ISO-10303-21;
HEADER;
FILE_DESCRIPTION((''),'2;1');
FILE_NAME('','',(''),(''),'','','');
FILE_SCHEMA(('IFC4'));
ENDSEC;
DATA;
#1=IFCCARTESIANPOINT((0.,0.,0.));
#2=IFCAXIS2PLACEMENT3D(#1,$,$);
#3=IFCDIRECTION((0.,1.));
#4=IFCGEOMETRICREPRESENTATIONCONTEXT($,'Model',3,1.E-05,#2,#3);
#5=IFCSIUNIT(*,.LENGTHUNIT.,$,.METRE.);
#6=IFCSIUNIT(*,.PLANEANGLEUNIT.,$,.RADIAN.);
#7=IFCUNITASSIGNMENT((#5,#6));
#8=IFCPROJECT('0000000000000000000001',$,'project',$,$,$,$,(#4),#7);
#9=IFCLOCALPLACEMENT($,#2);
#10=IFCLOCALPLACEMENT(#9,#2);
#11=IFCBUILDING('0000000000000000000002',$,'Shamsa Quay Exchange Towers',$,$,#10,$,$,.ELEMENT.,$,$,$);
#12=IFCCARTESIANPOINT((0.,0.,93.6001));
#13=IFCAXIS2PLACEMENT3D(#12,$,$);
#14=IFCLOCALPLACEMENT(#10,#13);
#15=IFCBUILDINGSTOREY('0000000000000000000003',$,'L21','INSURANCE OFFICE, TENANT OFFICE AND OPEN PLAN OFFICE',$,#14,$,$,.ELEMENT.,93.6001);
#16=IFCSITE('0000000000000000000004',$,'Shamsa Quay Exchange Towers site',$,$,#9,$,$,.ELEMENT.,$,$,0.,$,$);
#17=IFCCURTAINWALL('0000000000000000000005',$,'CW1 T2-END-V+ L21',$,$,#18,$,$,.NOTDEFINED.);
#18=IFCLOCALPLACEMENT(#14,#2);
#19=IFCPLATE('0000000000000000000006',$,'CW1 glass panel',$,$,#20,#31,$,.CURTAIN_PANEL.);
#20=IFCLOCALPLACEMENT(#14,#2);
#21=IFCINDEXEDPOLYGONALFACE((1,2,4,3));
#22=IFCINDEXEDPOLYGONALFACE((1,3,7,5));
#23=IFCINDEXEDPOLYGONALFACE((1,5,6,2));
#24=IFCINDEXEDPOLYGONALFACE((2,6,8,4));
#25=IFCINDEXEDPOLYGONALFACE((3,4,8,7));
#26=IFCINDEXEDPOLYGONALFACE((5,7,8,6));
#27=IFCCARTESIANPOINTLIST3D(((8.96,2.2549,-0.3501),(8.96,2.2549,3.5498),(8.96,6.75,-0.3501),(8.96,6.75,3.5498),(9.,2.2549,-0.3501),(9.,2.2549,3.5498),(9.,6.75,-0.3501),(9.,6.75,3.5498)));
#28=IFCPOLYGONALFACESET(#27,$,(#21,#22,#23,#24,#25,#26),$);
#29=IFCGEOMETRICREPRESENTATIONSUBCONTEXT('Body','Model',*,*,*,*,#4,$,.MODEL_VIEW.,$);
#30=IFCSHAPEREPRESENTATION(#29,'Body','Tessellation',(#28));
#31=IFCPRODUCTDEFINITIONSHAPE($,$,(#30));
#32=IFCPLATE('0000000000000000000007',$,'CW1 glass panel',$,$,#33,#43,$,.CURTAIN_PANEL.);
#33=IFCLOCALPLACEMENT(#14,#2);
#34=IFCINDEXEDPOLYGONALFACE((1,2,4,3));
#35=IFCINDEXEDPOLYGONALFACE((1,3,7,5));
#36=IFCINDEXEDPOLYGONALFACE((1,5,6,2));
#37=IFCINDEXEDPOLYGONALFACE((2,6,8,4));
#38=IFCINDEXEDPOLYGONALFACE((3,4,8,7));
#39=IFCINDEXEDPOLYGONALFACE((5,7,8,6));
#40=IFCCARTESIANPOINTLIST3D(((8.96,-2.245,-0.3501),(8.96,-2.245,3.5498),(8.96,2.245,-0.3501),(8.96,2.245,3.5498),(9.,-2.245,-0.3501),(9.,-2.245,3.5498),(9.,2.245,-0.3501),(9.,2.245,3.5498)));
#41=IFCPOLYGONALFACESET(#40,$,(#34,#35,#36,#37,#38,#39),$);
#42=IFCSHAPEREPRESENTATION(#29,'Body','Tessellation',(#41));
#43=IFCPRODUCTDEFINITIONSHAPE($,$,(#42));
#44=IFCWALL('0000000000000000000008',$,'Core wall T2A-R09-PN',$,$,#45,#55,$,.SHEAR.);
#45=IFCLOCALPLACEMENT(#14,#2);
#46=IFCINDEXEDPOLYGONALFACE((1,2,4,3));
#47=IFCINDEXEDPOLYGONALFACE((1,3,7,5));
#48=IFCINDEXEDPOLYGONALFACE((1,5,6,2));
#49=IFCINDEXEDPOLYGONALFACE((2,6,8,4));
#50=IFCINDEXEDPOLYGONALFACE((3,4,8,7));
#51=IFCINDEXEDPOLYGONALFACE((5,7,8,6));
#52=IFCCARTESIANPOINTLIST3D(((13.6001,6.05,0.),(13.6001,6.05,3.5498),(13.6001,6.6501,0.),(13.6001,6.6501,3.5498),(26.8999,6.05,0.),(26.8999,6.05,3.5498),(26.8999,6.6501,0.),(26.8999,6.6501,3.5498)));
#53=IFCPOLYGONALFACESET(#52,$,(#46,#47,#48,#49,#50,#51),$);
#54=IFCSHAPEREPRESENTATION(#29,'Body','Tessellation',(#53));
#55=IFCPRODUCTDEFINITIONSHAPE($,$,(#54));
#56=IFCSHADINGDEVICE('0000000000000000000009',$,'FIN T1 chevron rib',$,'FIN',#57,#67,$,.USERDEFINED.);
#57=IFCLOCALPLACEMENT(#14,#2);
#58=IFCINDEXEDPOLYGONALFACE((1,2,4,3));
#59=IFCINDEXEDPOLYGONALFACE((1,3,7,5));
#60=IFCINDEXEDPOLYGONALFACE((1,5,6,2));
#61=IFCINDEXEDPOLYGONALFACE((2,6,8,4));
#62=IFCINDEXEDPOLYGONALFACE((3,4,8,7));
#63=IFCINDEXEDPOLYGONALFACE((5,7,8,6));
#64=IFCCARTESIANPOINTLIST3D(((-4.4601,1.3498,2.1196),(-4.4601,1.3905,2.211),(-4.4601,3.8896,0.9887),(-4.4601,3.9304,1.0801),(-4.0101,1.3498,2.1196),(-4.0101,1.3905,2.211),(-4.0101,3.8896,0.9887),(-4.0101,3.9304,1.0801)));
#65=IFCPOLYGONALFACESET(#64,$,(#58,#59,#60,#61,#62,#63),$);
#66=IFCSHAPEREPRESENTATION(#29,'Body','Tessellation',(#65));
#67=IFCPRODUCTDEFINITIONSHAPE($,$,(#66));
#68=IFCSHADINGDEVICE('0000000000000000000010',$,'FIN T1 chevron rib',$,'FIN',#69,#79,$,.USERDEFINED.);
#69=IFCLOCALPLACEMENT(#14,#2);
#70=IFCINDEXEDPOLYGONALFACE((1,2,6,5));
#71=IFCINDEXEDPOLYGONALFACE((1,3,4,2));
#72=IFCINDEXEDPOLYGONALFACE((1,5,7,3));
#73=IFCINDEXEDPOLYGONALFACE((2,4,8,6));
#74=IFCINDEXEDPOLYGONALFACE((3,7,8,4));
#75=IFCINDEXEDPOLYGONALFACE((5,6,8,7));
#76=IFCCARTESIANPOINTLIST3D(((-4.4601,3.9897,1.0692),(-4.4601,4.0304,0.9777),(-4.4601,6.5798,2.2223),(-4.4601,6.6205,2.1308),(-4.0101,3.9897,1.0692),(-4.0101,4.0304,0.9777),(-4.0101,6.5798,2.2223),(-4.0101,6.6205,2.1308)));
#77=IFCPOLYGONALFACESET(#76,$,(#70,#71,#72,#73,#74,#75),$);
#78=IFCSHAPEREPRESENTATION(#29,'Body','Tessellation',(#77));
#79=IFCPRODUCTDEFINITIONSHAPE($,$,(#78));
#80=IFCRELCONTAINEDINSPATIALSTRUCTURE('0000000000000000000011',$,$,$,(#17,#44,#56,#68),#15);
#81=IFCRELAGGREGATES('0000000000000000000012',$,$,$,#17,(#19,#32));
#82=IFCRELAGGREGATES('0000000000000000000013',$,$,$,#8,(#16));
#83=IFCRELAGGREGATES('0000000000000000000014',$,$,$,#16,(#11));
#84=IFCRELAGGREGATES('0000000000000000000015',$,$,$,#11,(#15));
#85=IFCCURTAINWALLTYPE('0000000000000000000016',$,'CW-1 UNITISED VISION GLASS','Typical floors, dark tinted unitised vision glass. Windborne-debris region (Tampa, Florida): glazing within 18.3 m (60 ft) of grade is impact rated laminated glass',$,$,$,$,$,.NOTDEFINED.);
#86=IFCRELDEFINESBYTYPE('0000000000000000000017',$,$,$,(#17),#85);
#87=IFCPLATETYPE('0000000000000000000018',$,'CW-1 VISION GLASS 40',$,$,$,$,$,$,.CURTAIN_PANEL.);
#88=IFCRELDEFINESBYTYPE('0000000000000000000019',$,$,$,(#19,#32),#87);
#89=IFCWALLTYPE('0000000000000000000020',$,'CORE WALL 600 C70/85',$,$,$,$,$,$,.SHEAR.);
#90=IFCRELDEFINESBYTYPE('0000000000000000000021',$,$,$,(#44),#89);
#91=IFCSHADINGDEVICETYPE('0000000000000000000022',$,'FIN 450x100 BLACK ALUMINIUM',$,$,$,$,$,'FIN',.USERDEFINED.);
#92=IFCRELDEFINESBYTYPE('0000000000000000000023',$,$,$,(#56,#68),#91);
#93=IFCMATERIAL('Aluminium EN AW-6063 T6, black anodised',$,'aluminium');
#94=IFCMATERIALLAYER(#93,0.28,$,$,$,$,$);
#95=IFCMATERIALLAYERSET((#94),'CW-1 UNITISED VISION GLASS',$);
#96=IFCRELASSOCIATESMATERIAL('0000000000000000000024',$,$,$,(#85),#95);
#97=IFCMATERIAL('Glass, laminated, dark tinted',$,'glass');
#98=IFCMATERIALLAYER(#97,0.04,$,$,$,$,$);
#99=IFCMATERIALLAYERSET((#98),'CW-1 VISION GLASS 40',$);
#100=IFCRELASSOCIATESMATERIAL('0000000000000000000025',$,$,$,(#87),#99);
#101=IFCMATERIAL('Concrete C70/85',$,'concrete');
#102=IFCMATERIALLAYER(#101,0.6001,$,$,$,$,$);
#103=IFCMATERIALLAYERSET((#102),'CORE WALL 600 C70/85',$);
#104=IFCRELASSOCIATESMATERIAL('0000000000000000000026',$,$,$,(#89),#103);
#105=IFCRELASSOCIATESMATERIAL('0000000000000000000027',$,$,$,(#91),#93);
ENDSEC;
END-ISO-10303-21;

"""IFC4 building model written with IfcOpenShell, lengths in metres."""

from ifc_helpers import new_model, si_unit, direction, frame, frame_2d, origin, origin_2d, place, context, subcontext, project, spatial, rectangle, extrude, material, layer, layer_set, material_profile, profile_set, type_object, element, aggregate, save


model = new_model("IFC4")

# Units and contexts
model_context = context("Model", 3, precision=1e-05, world=origin(), true_north=direction((0.0, 1.0)))
body_context = subcontext(model_context, "Body", "Model", "MODEL_VIEW")
ifc_project = project(units=[si_unit("LENGTHUNIT", "METRE"), si_unit("PLANEANGLEUNIT", "RADIAN")], contexts=[model_context])

# Site, building, storey
site_placement = place(None, origin())
site = spatial("IfcSite", under=ifc_project, at=site_placement, Name="Shamsa Quay Exchange Towers site", CompositionType="ELEMENT", RefElevation=0.0)
building_placement = place(site_placement, origin())
building = spatial("IfcBuilding", under=site, at=building_placement, Name="Shamsa Quay Exchange Towers", CompositionType="ELEMENT")
storey_placement = place(building_placement, frame((0.0, 0.0, 93.6001)))
storey = spatial("IfcBuildingStorey", under=building, at=storey_placement, Name="L21", Description="INSURANCE OFFICE, TENANT OFFICE AND OPEN PLAN OFFICE", CompositionType="ELEMENT", Elevation=93.6001)

# Curtain wall
ifc_material_1 = material(Name="Aluminium EN AW-6063 T6, black anodised", Category="aluminium")
ifc_layer_1 = layer(ifc_material_1, 0.28)
ifc_layer_set_1 = layer_set([ifc_layer_1], Name="CW-1 UNITISED VISION GLASS")
curtain_wall_type = type_object("IfcCurtainWallType", Name="CW-1 UNITISED VISION GLASS", Description="Typical floors, dark tinted unitised vision glass. Windborne-debris region (Tampa, Florida): glazing within 18.3 m (60 ft) of grade is impact rated laminated glass", PredefinedType="NOTDEFINED", material=ifc_layer_set_1)
curtain_wall_1_placement = place(storey_placement, origin())
curtain_wall_1 = element("IfcCurtainWall", 1, at=curtain_wall_1_placement, inside=storey, type_object=curtain_wall_type, Name="CW1 T2-END-V+ L21", PredefinedType="NOTDEFINED")

# Shared definitions
ifc_material_2 = material(Name="Glass, laminated, dark tinted", Category="glass")
ifc_layer_2 = layer(ifc_material_2, 0.04)
ifc_layer_set_2 = layer_set([ifc_layer_2], Name="CW-1 VISION GLASS 40")
plate_type = type_object("IfcPlateType", Name="CW-1 VISION GLASS 40", PredefinedType="CURTAIN_PANEL", material=ifc_layer_set_2)

# Plates
plate_1_placement = place(storey_placement, frame((8.98, 4.5024, -0.3501), z_axis=(0.0, 0.0, 1.0), x_axis=(0.0, -1.0, 0.0)))
plate_1 = element("IfcPlate", 2, at=plate_1_placement, type_object=plate_type, Name="CW1 glass panel", PredefinedType="CURTAIN_PANEL", context=body_context, shape_type="SweptSolid", body=[
    extrude(rectangle(XDim=4.4951, YDim=0.04, at=origin_2d()), origin(), (0.0, 0.0, 1.0), 3.8999),
])
plate_2_placement = place(storey_placement, frame((8.98, 0.0, -0.3501), z_axis=(0.0, 0.0, 1.0), x_axis=(0.0, -1.0, 0.0)))
plate_2 = element("IfcPlate", 3, at=plate_2_placement, type_object=plate_type, Name="CW1 glass panel", PredefinedType="CURTAIN_PANEL", context=body_context, shape_type="SweptSolid", body=[
    extrude(rectangle(XDim=4.49, YDim=0.04, at=origin_2d()), origin(), (0.0, 0.0, 1.0), 3.8999),
])
aggregate(curtain_wall_1, [plate_1, plate_2])

# Wall
ifc_material_3 = material(Name="Concrete C70/85", Category="concrete")
ifc_layer_3 = layer(ifc_material_3, 0.6001)
ifc_layer_set_3 = layer_set([ifc_layer_3], Name="CORE WALL 600 C70/85")
wall_type = type_object("IfcWallType", Name="CORE WALL 600 C70/85", PredefinedType="SHEAR", material=ifc_layer_set_3)
wall_1_placement = place(storey_placement, frame((13.6001, 6.3501, 0.0)))
element("IfcWall", 4, at=wall_1_placement, inside=storey, type_object=wall_type, Name="Core wall T2A-R09-PN", PredefinedType="SHEAR", context=body_context, shape_type="SweptSolid", body=[
    extrude(rectangle(XDim=13.2998, YDim=0.6001, at=frame_2d((6.6499, 0.0))), origin(), (0.0, 0.0, 1.0), 3.5498),
])

# Shading devices
ifc_material_profile_1 = material_profile(ifc_material_1, rectangle(XDim=0.45, YDim=0.1001, at=origin_2d()), Name="FIN450x100")
ifc_profile_set_1 = profile_set([ifc_material_profile_1], Name="Aluminium EN AW-6063 T6, black anodised")
shading_device_type = type_object("IfcShadingDeviceType", Name="FIN 450x100 BLACK ALUMINIUM", ElementType="FIN", PredefinedType="USERDEFINED", material=ifc_profile_set_1)
shading_device_1_placement = place(storey_placement, frame((-4.2351, 1.3701, 2.1653), z_axis=(0.0, 0.913536, -0.406758), x_axis=(-1.0, 0.0, 0.0)))
element("IfcShadingDevice", 5, at=shading_device_1_placement, inside=storey, type_object=shading_device_type, Name="FIN T1 chevron rib", ObjectType="FIN", PredefinedType="USERDEFINED", context=body_context, shape_type="SweptSolid", body=[
    extrude(rectangle(XDim=0.45, YDim=0.1001, at=origin_2d()), origin(), (0.0, 0.0, 1.0), 2.7803),
])
shading_device_2_placement = place(storey_placement, frame((-4.2351, 4.01, 1.0234), z_axis=(0.0, 0.913559, 0.406706), x_axis=(-1.0, 0.0, 0.0)))
element("IfcShadingDevice", 6, at=shading_device_2_placement, inside=storey, type_object=shading_device_type, Name="FIN T1 chevron rib", ObjectType="FIN", PredefinedType="USERDEFINED", context=body_context, shape_type="SweptSolid", body=[
    extrude(rectangle(XDim=0.45, YDim=0.1001, at=origin_2d()), origin(), (0.0, 0.0, 1.0), 2.8352),
])

save(model, "model.ifc")
